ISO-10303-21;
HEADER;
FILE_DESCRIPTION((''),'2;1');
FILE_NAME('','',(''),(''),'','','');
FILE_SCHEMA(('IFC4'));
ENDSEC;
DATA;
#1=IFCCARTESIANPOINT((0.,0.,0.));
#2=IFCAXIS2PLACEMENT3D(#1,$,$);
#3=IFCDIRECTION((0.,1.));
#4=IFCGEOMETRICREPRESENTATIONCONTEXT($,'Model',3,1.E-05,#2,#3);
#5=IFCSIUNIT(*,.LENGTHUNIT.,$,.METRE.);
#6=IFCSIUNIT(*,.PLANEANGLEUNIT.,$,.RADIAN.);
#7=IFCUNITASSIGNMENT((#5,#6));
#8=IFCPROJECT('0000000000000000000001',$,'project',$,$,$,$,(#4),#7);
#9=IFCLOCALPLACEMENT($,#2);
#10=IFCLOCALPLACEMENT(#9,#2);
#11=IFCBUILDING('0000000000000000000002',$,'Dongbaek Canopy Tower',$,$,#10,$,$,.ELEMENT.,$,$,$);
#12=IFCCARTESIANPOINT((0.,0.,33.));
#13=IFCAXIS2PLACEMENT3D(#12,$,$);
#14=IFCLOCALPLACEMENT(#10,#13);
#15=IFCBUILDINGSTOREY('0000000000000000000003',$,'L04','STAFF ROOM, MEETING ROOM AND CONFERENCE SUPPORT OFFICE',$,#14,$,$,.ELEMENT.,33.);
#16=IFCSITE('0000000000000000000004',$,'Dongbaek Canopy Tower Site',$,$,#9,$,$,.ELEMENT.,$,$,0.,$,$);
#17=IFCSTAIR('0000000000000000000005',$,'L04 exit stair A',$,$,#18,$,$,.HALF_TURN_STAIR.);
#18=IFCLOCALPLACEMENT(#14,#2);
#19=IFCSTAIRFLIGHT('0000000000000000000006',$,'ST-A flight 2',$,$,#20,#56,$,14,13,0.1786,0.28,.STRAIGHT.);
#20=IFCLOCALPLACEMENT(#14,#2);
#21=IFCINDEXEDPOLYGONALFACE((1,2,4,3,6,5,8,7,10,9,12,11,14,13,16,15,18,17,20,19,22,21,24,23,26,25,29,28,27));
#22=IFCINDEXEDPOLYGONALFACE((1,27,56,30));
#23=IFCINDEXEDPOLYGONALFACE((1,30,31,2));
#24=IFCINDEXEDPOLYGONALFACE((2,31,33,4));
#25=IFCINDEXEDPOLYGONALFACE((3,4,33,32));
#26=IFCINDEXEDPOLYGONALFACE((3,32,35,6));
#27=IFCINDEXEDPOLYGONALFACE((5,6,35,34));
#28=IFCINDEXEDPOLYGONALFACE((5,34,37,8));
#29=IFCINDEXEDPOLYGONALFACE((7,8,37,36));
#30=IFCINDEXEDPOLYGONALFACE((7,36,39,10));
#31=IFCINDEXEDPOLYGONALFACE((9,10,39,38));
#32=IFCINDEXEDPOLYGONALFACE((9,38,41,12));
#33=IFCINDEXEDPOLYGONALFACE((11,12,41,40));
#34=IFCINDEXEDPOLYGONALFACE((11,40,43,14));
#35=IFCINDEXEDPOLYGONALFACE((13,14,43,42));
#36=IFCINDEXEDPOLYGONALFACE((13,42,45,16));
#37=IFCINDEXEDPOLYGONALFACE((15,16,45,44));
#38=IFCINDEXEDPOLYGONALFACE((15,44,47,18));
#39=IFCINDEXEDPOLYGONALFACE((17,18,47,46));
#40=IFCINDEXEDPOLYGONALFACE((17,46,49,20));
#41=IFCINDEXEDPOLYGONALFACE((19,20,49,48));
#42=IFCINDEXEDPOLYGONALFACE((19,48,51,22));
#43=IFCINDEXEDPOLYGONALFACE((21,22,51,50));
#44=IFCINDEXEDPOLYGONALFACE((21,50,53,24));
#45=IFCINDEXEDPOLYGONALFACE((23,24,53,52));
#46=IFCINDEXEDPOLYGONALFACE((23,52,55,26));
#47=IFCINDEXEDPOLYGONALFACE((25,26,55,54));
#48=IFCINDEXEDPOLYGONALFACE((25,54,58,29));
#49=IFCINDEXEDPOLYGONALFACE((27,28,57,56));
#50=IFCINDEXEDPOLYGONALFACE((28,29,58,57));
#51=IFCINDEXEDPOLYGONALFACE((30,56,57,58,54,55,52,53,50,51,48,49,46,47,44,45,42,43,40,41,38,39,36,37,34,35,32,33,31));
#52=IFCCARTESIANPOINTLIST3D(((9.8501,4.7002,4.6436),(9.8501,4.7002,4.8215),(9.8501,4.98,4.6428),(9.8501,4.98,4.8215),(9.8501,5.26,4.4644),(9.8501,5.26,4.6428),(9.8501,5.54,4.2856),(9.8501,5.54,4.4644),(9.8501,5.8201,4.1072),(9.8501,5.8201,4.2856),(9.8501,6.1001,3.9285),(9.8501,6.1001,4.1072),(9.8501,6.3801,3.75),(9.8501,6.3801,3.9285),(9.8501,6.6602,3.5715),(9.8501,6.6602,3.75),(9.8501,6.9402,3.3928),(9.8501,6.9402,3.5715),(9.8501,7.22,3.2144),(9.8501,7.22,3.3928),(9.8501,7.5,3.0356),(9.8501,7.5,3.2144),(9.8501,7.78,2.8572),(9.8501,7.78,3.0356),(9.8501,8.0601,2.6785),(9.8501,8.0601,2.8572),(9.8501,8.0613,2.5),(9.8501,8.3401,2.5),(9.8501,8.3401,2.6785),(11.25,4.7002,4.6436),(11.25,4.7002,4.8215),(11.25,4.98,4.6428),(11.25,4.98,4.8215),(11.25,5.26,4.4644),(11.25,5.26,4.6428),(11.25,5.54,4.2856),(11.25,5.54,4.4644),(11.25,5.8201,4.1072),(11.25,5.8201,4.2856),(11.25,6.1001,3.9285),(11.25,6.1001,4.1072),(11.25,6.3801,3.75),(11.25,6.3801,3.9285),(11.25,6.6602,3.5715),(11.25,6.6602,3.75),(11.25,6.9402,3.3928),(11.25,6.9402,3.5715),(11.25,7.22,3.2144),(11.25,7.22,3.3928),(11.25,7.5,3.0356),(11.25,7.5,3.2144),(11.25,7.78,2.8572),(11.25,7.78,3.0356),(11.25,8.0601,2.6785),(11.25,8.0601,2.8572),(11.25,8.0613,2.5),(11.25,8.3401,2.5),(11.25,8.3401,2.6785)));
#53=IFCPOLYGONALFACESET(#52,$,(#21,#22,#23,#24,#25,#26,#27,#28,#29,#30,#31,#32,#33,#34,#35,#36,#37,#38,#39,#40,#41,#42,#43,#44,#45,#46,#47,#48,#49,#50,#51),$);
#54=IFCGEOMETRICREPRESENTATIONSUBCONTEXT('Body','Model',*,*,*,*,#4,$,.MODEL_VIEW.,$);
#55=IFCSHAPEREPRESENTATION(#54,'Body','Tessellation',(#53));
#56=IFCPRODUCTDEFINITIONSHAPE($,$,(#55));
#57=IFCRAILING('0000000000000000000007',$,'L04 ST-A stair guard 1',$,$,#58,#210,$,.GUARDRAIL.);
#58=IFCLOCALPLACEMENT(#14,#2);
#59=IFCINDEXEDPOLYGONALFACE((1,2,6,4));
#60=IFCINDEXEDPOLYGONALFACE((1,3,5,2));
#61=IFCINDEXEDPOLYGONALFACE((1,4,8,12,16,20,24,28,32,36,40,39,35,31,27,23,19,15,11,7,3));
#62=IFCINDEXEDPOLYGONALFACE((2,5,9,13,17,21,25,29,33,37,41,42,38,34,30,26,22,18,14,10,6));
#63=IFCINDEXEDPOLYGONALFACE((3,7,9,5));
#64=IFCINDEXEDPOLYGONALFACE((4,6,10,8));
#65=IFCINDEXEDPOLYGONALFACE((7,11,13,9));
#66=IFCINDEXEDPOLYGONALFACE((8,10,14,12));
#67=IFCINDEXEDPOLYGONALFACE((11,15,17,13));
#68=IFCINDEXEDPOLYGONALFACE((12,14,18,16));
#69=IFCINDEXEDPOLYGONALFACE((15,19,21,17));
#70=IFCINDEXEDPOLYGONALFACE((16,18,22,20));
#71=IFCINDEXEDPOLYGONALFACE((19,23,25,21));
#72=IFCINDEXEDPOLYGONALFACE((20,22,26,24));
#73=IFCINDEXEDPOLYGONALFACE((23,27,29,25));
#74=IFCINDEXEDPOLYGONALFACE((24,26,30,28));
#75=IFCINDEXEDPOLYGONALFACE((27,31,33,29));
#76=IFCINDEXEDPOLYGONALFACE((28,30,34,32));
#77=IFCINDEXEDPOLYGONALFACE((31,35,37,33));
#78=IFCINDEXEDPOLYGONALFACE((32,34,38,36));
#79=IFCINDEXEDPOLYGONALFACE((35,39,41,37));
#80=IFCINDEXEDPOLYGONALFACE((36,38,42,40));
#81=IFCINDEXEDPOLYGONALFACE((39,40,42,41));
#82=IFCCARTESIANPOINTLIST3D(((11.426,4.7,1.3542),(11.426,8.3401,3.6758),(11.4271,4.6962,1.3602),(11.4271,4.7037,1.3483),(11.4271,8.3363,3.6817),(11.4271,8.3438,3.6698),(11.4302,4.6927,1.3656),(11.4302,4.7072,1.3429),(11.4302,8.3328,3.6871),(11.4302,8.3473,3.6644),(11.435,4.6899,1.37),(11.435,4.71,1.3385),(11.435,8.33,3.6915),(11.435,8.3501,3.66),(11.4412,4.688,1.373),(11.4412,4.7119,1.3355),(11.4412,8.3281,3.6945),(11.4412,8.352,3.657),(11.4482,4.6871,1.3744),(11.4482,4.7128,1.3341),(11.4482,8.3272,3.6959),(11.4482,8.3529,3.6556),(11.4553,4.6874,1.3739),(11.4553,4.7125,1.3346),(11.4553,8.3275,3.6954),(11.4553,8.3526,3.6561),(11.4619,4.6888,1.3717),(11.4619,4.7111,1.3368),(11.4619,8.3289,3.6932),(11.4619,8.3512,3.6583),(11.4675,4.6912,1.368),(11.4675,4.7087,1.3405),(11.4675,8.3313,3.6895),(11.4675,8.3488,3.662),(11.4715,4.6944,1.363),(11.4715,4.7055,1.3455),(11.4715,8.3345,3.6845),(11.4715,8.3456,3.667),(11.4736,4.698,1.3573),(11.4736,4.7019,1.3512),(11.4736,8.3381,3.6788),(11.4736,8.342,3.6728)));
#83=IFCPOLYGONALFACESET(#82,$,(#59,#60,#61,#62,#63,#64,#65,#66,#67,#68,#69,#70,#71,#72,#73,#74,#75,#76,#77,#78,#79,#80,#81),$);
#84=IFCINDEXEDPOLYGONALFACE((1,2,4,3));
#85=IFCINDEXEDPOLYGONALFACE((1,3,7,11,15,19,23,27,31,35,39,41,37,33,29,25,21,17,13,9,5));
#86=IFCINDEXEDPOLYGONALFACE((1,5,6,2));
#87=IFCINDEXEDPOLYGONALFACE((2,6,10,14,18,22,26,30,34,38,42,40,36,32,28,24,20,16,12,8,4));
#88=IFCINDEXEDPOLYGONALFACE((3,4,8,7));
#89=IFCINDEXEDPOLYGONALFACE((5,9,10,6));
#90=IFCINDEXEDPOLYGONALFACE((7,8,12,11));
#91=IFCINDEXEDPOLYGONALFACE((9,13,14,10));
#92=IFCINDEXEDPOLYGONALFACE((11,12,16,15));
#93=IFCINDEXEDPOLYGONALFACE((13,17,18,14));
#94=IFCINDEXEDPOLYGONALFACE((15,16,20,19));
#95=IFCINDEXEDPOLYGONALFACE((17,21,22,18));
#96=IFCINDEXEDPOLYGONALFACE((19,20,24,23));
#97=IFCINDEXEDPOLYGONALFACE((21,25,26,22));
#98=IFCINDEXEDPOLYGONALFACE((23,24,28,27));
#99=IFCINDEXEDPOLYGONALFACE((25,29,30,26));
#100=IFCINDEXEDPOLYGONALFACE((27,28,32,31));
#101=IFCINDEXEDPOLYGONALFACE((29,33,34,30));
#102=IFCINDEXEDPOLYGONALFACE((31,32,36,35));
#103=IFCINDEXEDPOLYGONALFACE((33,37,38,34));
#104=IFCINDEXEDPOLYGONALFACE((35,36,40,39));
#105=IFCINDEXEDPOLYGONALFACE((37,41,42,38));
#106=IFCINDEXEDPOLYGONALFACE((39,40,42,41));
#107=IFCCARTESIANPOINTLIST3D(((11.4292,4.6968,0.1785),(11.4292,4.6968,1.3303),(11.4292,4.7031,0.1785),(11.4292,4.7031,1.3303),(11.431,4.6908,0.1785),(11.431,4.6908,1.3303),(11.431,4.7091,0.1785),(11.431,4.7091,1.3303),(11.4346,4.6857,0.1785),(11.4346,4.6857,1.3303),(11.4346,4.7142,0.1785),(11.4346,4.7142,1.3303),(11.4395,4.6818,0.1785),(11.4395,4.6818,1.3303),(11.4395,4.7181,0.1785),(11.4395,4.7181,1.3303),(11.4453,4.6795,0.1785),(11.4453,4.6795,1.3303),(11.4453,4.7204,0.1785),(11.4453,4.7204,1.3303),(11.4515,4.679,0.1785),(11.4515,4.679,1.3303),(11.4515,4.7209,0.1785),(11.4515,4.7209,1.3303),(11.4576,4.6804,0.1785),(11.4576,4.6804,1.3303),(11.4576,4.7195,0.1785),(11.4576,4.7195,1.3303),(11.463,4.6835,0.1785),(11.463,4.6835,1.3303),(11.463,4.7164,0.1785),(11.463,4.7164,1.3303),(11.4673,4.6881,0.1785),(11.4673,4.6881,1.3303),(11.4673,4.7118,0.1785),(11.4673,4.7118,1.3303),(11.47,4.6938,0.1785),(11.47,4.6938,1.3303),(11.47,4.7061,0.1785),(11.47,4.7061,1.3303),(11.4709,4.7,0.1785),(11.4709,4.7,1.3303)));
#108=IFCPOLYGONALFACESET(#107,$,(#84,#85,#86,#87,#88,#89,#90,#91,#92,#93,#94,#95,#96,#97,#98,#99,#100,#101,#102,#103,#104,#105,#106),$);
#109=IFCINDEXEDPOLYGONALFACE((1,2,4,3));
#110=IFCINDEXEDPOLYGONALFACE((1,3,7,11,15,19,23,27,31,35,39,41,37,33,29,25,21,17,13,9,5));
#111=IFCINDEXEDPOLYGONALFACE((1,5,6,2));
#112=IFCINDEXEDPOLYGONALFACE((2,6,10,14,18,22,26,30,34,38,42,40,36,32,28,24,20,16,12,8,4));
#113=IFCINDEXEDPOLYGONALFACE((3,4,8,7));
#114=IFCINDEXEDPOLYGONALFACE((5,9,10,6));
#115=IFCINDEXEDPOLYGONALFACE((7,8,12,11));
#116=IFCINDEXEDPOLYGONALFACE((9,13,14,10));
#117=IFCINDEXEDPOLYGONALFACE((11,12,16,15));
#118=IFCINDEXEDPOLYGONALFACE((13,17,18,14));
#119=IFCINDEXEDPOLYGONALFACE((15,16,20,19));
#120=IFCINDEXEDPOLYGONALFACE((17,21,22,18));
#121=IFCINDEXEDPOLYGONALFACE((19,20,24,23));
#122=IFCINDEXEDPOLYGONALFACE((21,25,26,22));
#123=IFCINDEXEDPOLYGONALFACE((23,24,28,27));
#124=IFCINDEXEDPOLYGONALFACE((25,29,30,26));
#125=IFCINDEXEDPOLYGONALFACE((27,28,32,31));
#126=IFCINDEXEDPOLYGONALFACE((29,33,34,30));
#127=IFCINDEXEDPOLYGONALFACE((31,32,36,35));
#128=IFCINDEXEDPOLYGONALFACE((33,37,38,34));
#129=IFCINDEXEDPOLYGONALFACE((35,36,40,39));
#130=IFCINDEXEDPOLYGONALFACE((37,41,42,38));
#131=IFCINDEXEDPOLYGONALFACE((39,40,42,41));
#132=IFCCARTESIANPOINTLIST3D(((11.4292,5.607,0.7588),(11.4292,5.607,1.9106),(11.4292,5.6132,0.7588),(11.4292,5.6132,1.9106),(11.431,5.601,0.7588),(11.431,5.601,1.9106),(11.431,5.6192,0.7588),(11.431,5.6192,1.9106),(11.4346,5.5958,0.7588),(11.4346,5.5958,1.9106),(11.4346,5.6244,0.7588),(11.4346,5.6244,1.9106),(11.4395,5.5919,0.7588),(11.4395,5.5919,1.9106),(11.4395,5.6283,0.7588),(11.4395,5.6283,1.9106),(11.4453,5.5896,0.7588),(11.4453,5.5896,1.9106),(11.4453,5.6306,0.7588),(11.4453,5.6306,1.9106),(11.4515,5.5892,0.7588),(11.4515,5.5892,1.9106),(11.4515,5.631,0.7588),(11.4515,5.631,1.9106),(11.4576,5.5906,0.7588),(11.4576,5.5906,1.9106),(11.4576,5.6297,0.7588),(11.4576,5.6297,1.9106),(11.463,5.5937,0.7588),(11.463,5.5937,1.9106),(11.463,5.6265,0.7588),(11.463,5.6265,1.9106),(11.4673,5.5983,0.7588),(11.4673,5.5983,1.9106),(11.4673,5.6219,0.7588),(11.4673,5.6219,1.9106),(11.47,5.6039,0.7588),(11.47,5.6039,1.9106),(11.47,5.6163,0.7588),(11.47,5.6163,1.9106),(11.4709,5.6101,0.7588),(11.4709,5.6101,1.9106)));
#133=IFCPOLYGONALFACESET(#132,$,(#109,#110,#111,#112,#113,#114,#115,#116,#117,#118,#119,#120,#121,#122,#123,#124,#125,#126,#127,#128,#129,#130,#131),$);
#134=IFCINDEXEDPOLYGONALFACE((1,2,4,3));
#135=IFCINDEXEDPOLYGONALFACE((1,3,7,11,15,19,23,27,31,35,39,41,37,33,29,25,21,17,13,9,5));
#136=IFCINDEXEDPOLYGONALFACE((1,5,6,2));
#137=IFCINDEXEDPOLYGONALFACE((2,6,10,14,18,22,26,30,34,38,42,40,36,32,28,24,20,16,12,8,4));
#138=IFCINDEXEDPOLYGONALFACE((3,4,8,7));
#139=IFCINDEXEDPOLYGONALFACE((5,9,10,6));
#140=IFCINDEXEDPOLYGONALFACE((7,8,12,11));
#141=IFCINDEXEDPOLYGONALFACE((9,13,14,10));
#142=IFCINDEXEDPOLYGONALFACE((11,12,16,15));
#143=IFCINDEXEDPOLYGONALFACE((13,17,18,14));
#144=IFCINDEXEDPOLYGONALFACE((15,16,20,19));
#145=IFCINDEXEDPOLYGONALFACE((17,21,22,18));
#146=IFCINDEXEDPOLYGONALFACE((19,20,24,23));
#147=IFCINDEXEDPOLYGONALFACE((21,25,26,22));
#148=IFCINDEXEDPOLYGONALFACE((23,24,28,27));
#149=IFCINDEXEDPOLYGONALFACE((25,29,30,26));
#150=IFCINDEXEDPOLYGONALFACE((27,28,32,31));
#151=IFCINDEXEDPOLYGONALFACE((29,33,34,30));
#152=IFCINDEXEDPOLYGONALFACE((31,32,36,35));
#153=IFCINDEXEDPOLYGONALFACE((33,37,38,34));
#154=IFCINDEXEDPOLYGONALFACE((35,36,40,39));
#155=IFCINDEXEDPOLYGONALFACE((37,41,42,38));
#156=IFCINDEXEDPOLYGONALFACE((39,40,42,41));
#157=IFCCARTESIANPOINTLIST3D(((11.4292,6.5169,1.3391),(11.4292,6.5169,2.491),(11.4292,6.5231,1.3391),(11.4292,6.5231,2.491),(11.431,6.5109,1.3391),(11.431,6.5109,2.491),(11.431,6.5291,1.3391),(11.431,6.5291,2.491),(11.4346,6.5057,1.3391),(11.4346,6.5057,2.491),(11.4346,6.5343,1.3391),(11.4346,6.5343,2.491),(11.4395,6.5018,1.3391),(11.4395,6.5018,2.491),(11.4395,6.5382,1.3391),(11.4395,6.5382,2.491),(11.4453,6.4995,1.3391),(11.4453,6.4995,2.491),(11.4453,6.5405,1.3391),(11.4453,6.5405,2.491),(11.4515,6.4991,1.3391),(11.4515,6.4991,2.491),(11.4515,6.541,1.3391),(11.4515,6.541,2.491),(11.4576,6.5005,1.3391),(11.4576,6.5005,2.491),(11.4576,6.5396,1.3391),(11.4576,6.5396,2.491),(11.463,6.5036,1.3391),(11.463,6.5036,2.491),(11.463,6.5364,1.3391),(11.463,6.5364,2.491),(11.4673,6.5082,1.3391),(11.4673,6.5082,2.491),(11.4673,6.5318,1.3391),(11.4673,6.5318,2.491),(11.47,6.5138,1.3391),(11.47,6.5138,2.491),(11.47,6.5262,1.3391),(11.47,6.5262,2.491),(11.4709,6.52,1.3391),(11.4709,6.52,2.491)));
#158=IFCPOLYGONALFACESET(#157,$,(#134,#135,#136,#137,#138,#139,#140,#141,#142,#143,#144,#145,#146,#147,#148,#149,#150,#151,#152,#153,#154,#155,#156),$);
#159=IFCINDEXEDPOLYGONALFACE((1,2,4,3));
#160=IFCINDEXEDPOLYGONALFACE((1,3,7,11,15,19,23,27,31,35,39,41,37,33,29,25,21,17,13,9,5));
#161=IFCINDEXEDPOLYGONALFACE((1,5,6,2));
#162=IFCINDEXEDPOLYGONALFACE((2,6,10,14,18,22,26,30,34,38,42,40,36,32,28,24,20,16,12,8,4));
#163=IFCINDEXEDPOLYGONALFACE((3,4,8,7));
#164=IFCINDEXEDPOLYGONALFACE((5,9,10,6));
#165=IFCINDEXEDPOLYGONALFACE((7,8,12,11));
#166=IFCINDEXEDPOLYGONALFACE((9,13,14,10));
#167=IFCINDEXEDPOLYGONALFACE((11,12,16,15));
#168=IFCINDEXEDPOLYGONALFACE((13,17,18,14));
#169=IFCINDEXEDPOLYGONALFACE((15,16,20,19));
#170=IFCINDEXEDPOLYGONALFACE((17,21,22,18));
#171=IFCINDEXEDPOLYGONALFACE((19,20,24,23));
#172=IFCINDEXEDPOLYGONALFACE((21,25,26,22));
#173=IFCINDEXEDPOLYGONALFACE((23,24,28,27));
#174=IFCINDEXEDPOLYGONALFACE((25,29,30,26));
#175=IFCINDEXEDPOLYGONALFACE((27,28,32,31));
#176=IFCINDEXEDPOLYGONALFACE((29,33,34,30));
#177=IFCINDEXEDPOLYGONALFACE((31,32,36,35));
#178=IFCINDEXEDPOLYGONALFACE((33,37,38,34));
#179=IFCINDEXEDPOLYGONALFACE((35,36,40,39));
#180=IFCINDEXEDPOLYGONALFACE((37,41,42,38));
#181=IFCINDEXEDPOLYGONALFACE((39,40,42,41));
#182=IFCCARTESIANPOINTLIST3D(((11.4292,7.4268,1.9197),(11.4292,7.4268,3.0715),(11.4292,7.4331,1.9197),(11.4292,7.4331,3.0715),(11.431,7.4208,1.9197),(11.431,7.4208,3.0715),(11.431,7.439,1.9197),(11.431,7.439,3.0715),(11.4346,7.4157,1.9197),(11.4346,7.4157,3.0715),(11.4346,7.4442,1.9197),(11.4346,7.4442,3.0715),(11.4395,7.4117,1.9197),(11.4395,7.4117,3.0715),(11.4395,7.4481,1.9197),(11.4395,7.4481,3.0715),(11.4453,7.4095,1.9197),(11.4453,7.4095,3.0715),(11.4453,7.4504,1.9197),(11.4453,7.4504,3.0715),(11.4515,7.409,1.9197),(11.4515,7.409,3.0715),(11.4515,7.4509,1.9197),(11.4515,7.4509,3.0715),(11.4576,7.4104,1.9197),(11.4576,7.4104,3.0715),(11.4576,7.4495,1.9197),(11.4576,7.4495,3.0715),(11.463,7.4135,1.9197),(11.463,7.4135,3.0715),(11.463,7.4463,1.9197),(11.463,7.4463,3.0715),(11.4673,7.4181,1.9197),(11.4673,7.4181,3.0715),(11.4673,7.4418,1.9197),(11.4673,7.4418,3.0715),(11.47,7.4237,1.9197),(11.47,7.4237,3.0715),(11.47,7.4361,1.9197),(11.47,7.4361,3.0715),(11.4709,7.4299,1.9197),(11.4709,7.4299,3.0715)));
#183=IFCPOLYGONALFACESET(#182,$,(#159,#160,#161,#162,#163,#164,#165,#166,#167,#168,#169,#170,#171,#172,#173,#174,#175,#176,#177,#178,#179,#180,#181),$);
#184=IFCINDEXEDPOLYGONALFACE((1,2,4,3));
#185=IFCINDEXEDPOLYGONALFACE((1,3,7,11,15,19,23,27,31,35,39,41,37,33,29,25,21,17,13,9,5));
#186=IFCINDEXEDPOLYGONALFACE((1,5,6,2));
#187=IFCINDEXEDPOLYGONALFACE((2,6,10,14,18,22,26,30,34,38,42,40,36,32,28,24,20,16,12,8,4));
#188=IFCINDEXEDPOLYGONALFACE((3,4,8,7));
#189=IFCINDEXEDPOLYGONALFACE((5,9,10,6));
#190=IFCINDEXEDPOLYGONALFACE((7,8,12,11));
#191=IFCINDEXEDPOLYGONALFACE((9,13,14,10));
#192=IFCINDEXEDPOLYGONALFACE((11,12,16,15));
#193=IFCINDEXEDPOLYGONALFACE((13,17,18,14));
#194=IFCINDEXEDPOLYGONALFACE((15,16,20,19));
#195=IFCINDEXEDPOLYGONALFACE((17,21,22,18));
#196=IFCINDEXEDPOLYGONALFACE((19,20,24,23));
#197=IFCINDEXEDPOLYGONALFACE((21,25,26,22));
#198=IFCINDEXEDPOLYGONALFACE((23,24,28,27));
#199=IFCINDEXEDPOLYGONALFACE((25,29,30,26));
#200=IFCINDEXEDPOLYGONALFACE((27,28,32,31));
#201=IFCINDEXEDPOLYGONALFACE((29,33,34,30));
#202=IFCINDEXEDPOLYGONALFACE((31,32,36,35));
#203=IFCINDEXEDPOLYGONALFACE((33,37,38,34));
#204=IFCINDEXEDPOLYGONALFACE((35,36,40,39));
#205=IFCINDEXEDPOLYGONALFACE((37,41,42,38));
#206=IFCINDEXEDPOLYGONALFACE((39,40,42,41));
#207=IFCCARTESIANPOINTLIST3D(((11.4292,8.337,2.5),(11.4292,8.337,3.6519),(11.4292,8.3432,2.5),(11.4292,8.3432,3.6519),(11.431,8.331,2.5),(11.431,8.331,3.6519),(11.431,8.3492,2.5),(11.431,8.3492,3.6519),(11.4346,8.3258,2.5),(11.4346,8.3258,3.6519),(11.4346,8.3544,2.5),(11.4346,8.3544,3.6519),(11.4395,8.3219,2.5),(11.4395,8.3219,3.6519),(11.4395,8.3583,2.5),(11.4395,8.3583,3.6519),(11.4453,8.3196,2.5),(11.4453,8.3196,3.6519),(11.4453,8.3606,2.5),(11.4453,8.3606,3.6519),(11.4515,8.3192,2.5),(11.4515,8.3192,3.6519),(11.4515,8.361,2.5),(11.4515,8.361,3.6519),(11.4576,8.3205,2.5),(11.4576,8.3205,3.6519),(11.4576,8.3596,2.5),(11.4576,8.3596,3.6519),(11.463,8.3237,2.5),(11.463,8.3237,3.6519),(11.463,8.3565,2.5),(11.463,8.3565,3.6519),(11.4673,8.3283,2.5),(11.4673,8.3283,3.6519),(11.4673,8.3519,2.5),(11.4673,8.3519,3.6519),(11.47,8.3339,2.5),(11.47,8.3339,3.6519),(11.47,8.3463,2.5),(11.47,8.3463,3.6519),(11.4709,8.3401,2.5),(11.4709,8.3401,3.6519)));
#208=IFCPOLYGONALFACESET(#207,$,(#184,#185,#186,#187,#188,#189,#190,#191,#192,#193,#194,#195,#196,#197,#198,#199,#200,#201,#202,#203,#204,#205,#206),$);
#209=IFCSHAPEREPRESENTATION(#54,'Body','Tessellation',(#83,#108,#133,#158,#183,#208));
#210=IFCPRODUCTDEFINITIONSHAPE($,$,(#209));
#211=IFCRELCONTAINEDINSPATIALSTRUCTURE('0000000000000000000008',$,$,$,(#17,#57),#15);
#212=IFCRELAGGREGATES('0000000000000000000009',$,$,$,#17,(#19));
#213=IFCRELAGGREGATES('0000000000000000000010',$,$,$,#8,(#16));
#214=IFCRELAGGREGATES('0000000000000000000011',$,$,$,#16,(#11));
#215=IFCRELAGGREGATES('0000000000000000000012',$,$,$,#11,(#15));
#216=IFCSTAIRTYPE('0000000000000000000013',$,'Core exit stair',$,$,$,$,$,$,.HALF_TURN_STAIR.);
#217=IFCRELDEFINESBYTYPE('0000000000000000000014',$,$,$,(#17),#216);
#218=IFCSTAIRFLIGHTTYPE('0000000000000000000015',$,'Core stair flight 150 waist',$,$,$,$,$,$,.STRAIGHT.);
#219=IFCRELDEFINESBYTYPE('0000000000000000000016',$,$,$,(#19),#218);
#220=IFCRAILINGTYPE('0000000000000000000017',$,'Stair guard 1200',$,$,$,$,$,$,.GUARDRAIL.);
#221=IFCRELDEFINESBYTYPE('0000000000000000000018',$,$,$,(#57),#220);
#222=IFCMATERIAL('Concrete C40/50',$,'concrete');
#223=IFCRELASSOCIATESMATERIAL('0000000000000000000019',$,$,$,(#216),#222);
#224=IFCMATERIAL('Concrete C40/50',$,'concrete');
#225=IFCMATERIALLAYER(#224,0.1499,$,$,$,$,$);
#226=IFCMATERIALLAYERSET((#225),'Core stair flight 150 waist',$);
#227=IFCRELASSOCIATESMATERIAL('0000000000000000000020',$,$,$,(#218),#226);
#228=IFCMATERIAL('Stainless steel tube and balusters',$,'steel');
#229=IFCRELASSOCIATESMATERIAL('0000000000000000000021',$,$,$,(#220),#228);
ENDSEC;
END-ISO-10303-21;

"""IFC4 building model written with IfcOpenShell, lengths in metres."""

from ifc_helpers import new_model, si_unit, direction, frame, origin, origin_2d, place, context, subcontext, project, spatial, polyline, circle, outline, extrude, material, layer, layer_set, type_object, element, aggregate, save


model = new_model("IFC4")

# Units and contexts
model_context = context("Model", 3, precision=1e-05, world=origin(), true_north=direction((0.0, 1.0)))
body_context = subcontext(model_context, "Body", "Model", "MODEL_VIEW")
ifc_project = project(units=[si_unit("LENGTHUNIT", "METRE"), si_unit("PLANEANGLEUNIT", "RADIAN")], contexts=[model_context])

# Site, building, storey
site_placement = place(None, origin())
site = spatial("IfcSite", under=ifc_project, at=site_placement, Name="Dongbaek Canopy Tower Site", CompositionType="ELEMENT", RefElevation=0.0)
building_placement = place(site_placement, origin())
building = spatial("IfcBuilding", under=site, at=building_placement, Name="Dongbaek Canopy Tower", CompositionType="ELEMENT")
storey_placement = place(building_placement, frame((0.0, 0.0, 33.0)))
storey = spatial("IfcBuildingStorey", under=building, at=storey_placement, Name="L04", Description="STAFF ROOM, MEETING ROOM AND CONFERENCE SUPPORT OFFICE", CompositionType="ELEMENT", Elevation=33.0)

# Stair, stair flight
ifc_material_1 = material(Name="Concrete C40/50", Category="concrete")
stair_type = type_object("IfcStairType", Name="Core exit stair", PredefinedType="HALF_TURN_STAIR", material=ifc_material_1)
stair_placement = place(storey_placement, origin())
stair = element("IfcStair", 1, at=stair_placement, inside=storey, type_object=stair_type, Name="L04 exit stair A", PredefinedType="HALF_TURN_STAIR")
ifc_material_2 = material(Name="Concrete C40/50", Category="concrete")
ifc_layer_1 = layer(ifc_material_2, 0.1499)
ifc_layer_set_1 = layer_set([ifc_layer_1], Name="Core stair flight 150 waist")
stair_flight_type = type_object("IfcStairFlightType", Name="Core stair flight 150 waist", PredefinedType="STRAIGHT", material=ifc_layer_set_1)
stair_flight_1_placement = place(storey_placement, frame((10.55, 8.3401, 2.5), z_axis=(0.0, 0.0, 1.0), x_axis=(0.0, -1.0, 0.0)))
stair_flight_1 = element("IfcStairFlight", 2, at=stair_flight_1_placement, type_object=stair_flight_type, Name="ST-A flight 2", NumberOfRisers=14, NumberOfTreads=13, PredefinedType="STRAIGHT", RiserHeight=0.1786, TreadLength=0.28, context=body_context, shape_type="SweptSolid", body=[
    extrude(outline(polyline([(0.0, 0.0), (0.0, 0.1785), (0.28, 0.1785), (0.28, 0.3572), (0.5601, 0.3572), (0.5601, 0.5356), (0.8401, 0.5356), (0.8401, 0.7144), (1.1201, 0.7144), (1.1201, 0.8928), (1.3999, 0.8928), (1.3999, 1.0715), (1.6799, 1.0715), (1.6799, 1.25), (1.96, 1.25), (1.96, 1.4285), (2.24, 1.4285), (2.24, 1.6072), (2.52, 1.6072), (2.52, 1.7856), (2.8, 1.7856), (2.8, 1.9644), (3.0801, 1.9644), (3.0801, 2.1428), (3.3601, 2.1428), (3.3601, 2.3215), (3.6399, 2.3215), (3.6399, 2.5), (3.6399, 2.1436), (0.2788, 0.0), (0.0, 0.0)])), frame((0.0, 0.7, 0.0), z_axis=(0.0, -1.0, 0.0), x_axis=(1.0, 0.0, 0.0)), (0.0, 0.0, 1.0), 1.3999),
])
aggregate(stair, [stair_flight_1])

# Railing
ifc_material_3 = material(Name="Stainless steel tube and balusters", Category="steel")
railing_type_1 = type_object("IfcRailingType", Name="Stair guard 1200", PredefinedType="GUARDRAIL", material=ifc_material_3)
railing_1_placement = place(storey_placement, frame((11.45, 4.7, 0.1785)))
element("IfcRailing", 3, at=railing_1_placement, inside=storey, type_object=railing_type_1, Name="L04 ST-A stair guard 1", PredefinedType="GUARDRAIL", context=body_context, shape_type="SweptSolid", body=[
    extrude(circle(Radius=0.0239, at=origin_2d()), frame((0.0, 0.0, 1.1758), z_axis=(0.0, 0.843128, 0.537713), x_axis=(-1.0, 0.0, 0.0)), (0.0, 0.0, 1.0), 4.3174),
    extrude(circle(Radius=0.021, at=origin_2d()), origin(), (0.0, 0.0, 1.0), 1.1519),
    extrude(circle(Radius=0.021, at=origin_2d()), frame((0.0, 0.9102, 0.5803)), (0.0, 0.0, 1.0), 1.1519),
    extrude(circle(Radius=0.021, at=origin_2d()), frame((0.0, 1.8201, 1.1606)), (0.0, 0.0, 1.0), 1.1519),
    extrude(circle(Radius=0.021, at=origin_2d()), frame((0.0, 2.73, 1.7412)), (0.0, 0.0, 1.0), 1.1519),
    extrude(circle(Radius=0.021, at=origin_2d()), frame((0.0, 3.6401, 2.3215)), (0.0, 0.0, 1.0), 1.1519),
])

save(model, "model.ifc")
